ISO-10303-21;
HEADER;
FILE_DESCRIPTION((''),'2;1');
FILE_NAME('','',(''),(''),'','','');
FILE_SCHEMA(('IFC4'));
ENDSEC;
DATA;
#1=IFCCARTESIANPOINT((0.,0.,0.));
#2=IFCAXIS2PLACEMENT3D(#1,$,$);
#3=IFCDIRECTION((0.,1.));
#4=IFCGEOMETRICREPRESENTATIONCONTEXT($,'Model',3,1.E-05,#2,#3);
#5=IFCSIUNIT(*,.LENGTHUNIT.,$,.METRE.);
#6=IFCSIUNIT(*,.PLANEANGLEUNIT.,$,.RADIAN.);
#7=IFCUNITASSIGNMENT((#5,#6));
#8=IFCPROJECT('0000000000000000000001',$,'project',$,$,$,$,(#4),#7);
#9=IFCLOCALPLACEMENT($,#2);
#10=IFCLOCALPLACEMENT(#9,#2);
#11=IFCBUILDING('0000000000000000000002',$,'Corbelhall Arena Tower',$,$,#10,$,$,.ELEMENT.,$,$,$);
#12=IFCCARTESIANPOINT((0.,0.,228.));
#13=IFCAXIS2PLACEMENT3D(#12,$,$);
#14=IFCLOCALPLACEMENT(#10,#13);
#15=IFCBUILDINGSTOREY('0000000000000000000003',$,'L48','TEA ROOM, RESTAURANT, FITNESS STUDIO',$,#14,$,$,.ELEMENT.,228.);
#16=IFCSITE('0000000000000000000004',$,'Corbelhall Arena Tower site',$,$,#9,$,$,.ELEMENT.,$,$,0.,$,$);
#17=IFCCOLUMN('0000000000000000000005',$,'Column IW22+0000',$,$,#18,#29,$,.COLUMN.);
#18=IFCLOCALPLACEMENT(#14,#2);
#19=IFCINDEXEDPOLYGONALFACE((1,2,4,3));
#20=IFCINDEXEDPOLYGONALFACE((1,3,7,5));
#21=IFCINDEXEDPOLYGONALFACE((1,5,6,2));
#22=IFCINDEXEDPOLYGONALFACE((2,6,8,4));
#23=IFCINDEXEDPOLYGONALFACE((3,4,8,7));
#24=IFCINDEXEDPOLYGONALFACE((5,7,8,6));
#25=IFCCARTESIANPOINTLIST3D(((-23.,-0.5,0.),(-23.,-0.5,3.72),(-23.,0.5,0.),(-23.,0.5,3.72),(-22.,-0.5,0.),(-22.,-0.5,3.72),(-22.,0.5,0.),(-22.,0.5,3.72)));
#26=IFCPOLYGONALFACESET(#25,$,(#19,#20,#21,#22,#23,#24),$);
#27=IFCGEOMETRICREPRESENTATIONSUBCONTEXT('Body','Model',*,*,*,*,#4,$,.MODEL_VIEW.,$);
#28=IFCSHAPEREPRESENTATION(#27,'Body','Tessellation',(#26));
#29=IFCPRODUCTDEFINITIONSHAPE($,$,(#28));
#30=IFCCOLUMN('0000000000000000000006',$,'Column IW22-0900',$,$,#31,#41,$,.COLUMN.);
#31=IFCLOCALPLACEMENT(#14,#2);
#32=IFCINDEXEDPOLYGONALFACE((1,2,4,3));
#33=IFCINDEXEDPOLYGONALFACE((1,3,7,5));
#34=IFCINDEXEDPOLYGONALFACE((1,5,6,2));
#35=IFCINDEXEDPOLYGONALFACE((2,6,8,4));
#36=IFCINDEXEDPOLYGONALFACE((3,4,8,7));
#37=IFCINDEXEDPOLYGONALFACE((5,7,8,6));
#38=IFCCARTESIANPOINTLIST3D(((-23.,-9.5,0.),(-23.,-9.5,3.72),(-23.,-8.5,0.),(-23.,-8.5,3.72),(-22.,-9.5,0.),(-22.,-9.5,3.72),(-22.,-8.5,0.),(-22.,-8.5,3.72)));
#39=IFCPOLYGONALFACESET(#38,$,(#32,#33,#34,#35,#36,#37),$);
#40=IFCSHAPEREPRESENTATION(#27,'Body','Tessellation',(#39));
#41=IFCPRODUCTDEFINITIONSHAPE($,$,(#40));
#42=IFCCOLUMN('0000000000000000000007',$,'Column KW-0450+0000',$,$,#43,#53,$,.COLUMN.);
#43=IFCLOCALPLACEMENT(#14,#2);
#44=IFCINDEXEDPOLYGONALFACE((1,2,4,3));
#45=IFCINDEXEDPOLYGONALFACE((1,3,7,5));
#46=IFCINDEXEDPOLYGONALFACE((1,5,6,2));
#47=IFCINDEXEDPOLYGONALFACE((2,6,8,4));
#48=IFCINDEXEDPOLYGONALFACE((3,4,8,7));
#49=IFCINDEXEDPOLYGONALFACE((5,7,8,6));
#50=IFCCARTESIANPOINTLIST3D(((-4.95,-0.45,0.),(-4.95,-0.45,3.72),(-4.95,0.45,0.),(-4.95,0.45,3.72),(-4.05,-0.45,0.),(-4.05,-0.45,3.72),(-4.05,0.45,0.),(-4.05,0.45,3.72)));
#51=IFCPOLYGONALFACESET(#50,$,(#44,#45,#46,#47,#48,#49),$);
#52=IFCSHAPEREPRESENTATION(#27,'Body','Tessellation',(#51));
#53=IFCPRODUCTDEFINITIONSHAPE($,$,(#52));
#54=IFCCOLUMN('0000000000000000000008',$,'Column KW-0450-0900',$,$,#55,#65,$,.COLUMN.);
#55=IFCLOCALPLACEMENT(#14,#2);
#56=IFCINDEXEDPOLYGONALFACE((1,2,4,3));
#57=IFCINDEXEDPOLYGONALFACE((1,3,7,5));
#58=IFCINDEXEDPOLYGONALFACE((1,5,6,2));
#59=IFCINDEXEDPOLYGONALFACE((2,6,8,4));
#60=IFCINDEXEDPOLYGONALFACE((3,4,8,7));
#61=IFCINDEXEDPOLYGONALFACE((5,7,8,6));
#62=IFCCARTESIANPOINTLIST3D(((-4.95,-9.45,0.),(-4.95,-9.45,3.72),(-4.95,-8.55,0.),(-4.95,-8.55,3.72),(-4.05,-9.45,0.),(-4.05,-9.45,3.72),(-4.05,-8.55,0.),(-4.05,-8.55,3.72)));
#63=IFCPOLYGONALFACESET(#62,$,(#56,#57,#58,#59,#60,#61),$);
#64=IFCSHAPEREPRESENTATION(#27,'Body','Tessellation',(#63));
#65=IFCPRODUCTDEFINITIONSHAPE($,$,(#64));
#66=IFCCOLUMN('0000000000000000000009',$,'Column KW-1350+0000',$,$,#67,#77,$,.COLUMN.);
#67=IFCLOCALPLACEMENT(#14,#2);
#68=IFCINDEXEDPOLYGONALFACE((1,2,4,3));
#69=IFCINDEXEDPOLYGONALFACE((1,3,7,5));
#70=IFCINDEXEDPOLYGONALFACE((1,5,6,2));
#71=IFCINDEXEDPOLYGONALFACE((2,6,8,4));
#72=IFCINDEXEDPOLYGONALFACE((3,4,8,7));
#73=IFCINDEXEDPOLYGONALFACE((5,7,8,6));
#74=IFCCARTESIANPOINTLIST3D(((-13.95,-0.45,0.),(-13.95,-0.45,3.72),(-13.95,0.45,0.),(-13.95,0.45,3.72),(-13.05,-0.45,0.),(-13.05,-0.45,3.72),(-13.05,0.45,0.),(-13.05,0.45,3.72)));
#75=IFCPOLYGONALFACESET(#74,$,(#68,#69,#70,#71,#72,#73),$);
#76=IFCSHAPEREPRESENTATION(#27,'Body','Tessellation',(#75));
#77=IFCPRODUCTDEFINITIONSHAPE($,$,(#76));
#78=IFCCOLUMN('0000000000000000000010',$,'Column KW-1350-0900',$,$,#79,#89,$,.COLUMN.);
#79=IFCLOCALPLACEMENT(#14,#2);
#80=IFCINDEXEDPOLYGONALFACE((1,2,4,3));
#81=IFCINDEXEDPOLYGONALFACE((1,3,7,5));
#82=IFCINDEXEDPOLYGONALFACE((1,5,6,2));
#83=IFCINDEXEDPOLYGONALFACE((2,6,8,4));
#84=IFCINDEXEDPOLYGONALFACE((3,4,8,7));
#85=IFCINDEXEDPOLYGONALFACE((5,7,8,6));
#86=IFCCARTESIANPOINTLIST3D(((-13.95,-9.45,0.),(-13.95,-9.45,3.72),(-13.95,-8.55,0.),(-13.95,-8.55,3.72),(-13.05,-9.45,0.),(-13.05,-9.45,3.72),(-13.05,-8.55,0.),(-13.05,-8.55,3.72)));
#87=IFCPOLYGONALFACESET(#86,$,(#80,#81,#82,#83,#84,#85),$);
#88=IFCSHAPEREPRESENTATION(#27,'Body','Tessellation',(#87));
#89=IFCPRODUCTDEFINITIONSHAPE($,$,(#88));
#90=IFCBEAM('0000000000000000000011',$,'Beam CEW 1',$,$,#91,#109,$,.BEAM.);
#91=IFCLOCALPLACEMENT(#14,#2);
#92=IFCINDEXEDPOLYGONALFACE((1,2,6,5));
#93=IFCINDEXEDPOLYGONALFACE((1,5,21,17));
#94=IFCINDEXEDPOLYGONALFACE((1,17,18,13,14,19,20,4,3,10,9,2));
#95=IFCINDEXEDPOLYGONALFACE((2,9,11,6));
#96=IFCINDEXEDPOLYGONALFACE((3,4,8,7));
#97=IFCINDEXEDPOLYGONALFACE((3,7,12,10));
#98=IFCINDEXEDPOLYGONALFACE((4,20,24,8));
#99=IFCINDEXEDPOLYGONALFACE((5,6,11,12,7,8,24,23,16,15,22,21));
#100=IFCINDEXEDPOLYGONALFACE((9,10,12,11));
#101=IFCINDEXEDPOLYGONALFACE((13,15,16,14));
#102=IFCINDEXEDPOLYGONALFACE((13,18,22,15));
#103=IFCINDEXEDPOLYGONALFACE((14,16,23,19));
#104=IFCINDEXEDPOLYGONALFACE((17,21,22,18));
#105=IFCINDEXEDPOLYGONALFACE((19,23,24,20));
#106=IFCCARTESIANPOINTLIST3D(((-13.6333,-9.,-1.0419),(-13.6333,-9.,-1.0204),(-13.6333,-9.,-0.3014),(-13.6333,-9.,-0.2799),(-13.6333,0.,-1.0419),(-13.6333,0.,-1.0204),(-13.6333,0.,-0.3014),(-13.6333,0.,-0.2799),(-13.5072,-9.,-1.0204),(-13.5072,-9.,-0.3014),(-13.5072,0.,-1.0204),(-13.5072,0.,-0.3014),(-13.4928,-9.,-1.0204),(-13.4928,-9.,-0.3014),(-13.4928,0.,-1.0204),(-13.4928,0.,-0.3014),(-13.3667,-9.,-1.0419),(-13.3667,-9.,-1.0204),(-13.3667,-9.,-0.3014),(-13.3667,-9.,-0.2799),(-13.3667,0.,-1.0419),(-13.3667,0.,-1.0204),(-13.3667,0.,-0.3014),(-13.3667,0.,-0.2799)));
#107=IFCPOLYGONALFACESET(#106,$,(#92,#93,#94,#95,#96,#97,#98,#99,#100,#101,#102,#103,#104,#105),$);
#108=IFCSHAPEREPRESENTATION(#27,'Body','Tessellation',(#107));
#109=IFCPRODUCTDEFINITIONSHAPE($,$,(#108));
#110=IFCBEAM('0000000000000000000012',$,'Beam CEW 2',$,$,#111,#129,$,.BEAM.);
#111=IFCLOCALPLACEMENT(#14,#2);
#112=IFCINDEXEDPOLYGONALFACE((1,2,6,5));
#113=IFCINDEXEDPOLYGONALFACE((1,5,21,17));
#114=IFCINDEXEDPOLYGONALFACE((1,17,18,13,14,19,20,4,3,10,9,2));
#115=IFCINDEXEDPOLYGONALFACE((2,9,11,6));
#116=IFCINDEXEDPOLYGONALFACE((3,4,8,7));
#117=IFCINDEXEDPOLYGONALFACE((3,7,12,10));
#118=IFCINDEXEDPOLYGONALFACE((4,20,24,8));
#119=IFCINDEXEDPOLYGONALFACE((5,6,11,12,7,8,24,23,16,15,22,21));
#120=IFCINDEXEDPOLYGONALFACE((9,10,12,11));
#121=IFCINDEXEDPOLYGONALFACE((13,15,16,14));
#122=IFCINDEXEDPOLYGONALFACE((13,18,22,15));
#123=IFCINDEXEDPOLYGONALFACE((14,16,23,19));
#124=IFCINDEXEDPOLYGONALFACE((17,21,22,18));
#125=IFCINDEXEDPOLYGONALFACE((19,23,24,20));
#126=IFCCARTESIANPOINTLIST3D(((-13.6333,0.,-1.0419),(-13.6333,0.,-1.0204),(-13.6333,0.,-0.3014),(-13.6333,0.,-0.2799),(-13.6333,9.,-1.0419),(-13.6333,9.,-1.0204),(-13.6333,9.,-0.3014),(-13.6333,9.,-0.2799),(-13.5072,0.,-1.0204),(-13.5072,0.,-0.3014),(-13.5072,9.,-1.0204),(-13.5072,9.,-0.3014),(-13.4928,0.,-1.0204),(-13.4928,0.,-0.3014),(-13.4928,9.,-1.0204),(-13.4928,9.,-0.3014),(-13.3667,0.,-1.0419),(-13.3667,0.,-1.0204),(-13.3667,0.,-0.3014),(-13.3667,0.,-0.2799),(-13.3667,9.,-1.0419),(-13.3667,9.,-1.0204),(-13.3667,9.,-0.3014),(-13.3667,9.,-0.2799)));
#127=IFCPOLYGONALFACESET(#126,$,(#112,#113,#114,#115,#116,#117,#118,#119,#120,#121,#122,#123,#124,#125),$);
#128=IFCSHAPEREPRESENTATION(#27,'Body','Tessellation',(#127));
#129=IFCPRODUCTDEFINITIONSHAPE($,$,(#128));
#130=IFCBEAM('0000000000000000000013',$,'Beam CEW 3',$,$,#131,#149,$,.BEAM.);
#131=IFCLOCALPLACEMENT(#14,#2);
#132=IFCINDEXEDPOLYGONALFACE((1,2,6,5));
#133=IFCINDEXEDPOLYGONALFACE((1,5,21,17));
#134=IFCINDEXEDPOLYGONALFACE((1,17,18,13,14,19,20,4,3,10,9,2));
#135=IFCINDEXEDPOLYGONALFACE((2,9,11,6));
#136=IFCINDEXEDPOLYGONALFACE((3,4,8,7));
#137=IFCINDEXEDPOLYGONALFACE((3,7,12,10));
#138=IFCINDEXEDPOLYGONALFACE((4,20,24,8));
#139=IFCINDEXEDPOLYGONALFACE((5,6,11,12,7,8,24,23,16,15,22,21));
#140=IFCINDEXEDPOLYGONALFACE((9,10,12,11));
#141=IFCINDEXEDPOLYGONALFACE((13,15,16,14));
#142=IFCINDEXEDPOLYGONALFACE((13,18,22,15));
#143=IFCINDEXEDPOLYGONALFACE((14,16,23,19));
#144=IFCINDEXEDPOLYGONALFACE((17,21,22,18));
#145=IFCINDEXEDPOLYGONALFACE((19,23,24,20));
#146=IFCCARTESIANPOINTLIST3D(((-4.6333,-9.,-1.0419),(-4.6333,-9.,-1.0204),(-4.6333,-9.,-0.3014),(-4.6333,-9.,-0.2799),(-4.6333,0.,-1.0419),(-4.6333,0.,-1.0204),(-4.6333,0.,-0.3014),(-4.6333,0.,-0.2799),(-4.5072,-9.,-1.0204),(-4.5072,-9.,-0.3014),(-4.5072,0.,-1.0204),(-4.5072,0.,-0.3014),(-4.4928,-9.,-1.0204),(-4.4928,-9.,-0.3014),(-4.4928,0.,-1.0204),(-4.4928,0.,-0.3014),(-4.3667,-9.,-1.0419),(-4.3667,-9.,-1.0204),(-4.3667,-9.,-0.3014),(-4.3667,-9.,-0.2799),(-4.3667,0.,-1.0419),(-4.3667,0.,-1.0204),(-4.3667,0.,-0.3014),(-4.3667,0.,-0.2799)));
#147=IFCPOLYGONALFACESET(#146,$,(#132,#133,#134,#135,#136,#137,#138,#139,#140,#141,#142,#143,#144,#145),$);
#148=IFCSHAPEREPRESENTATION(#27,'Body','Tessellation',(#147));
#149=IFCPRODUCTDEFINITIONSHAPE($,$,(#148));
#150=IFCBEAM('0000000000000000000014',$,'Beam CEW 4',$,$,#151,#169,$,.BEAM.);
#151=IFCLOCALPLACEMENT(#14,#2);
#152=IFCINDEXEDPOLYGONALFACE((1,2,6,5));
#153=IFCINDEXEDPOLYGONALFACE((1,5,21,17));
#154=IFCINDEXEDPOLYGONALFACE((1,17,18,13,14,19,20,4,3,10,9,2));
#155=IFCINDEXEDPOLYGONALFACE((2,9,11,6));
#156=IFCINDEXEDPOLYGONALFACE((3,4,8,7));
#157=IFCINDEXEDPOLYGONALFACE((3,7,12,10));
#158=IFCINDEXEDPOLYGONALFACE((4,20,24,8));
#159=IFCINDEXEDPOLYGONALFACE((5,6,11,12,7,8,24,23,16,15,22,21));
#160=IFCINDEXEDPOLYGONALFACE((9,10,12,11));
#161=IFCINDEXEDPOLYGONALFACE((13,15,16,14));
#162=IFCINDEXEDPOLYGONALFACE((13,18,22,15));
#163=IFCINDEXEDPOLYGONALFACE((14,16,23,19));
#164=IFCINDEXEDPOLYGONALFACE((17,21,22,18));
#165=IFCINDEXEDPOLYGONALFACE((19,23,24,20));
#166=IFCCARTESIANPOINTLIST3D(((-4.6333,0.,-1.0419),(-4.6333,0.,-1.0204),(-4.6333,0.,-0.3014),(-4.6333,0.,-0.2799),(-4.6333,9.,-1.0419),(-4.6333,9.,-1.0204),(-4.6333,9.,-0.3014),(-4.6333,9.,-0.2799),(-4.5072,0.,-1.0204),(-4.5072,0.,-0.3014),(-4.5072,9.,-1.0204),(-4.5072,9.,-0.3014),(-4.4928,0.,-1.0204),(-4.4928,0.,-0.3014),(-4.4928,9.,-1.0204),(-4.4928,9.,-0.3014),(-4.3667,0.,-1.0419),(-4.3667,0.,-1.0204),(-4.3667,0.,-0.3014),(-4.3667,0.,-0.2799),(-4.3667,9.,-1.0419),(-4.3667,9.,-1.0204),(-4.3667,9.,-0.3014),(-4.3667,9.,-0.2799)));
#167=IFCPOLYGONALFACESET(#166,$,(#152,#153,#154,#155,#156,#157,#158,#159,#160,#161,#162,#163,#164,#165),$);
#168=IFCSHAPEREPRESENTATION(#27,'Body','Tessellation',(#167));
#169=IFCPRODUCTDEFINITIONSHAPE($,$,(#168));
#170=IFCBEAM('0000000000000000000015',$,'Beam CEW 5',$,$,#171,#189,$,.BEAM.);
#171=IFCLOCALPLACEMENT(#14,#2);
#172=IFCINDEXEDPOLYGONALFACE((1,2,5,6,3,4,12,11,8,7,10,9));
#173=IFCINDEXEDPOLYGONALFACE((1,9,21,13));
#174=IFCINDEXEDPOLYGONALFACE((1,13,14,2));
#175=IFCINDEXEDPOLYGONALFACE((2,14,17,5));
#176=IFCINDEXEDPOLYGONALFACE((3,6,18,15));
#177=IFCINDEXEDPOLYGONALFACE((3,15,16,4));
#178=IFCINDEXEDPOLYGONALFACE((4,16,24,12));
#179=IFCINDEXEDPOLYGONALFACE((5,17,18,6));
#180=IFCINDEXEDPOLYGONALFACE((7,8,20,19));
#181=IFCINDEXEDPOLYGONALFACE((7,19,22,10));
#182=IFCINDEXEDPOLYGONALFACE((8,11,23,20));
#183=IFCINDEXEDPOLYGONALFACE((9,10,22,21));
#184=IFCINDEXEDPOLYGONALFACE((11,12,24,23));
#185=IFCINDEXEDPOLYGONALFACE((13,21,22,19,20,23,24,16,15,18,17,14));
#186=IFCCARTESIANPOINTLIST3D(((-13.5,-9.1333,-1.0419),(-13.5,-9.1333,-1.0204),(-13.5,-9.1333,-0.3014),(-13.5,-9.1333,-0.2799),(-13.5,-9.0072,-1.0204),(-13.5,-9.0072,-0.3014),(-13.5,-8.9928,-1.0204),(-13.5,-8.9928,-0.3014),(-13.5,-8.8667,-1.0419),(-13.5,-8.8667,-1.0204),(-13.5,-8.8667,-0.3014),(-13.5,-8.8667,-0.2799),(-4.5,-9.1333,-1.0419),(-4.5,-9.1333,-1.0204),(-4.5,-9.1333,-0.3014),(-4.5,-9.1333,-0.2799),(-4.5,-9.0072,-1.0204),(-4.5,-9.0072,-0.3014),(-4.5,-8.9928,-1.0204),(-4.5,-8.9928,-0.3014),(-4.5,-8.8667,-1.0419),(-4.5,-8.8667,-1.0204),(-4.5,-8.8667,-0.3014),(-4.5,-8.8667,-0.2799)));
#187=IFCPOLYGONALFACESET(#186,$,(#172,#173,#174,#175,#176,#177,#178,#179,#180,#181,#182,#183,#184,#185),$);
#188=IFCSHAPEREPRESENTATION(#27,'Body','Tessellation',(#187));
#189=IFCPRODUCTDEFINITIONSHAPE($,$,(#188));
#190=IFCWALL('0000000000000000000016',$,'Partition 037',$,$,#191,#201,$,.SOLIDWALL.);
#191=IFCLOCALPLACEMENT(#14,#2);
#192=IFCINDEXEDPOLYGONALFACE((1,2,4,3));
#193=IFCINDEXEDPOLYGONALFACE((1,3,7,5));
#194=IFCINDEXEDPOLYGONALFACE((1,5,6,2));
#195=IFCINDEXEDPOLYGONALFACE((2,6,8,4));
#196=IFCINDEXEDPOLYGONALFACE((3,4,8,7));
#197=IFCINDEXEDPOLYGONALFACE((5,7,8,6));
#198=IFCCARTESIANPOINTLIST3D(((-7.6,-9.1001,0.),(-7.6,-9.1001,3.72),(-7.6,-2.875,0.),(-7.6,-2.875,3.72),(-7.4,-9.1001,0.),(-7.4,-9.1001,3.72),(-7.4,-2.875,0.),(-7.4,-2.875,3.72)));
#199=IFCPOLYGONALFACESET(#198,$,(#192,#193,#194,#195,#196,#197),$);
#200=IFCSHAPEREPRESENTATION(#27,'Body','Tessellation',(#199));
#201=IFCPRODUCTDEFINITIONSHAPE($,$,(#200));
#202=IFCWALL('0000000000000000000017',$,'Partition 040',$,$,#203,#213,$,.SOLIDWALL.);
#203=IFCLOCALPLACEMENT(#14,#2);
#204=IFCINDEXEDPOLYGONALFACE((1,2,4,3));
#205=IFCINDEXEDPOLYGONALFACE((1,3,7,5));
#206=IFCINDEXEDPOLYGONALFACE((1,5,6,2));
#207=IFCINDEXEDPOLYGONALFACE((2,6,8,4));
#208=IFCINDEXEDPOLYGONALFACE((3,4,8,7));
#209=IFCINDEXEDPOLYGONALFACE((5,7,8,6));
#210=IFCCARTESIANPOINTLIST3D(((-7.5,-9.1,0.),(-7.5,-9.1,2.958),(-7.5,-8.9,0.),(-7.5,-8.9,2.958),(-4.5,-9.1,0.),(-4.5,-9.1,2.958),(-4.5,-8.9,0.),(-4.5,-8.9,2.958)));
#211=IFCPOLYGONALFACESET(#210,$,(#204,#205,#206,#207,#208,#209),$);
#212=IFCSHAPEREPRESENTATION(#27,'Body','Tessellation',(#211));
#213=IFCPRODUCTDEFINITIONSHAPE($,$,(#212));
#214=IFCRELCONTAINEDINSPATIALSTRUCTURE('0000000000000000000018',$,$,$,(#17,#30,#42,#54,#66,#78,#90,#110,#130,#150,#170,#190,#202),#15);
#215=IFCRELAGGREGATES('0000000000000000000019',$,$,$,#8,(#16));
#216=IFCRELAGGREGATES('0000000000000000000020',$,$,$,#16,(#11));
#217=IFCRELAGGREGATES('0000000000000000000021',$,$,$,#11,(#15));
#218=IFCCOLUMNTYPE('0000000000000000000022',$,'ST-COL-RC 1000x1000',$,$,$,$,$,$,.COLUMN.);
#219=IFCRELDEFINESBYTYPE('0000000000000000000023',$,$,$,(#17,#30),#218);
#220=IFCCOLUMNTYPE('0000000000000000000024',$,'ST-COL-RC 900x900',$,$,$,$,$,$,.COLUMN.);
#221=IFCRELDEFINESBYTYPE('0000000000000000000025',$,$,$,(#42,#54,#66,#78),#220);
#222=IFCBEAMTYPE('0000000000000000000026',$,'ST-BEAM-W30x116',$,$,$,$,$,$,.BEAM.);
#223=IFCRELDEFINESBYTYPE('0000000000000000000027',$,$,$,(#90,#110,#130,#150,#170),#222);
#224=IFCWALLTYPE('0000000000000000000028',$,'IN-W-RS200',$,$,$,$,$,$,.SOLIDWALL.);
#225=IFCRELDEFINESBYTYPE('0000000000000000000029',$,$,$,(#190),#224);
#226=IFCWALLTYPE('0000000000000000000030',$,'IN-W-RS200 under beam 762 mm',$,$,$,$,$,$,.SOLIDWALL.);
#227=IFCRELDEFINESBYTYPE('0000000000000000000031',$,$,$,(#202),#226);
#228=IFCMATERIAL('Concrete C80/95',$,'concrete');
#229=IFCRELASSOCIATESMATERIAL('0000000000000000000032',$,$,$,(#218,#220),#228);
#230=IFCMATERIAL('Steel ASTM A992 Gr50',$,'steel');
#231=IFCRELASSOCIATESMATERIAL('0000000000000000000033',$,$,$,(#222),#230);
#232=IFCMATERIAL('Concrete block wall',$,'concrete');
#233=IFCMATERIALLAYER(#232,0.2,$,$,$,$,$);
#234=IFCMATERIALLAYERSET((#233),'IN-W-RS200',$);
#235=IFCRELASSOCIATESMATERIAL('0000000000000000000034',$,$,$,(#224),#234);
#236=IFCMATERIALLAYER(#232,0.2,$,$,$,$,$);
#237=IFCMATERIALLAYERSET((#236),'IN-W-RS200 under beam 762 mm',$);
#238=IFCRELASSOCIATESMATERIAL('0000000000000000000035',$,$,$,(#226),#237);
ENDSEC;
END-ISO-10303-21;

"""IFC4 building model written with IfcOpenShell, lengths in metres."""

from ifc_helpers import new_model, si_unit, direction, frame, frame_2d, origin, origin_2d, place, context, subcontext, project, spatial, rectangle, i_section, extrude, material, layer, layer_set, material_profile, profile_set, type_object, element, save


model = new_model("IFC4")

# Units and contexts
model_context = context("Model", 3, precision=1e-05, world=origin(), true_north=direction((0.0, 1.0)))
body_context = subcontext(model_context, "Body", "Model", "MODEL_VIEW")
ifc_project = project(units=[si_unit("LENGTHUNIT", "METRE"), si_unit("PLANEANGLEUNIT", "RADIAN")], contexts=[model_context])

# Site, building, storey
site_placement = place(None, origin())
site = spatial("IfcSite", under=ifc_project, at=site_placement, Name="Corbelhall Arena Tower site", CompositionType="ELEMENT", RefElevation=0.0)
building_placement = place(site_placement, origin())
building = spatial("IfcBuilding", under=site, at=building_placement, Name="Corbelhall Arena Tower", CompositionType="ELEMENT")
storey_placement = place(building_placement, frame((0.0, 0.0, 228.0)))
storey = spatial("IfcBuildingStorey", under=building, at=storey_placement, Name="L48", Description="TEA ROOM, RESTAURANT, FITNESS STUDIO", CompositionType="ELEMENT", Elevation=228.0)

# Columns
ifc_material_1 = material(Name="Concrete C80/95", Category="concrete")
ifc_material_profile_1 = material_profile(ifc_material_1, rectangle(XDim=1.0, YDim=1.0, at=origin_2d()))
ifc_profile_set_1 = profile_set([ifc_material_profile_1], Name="Concrete C80/95")
column_type_1 = type_object("IfcColumnType", Name="ST-COL-RC 1000x1000", PredefinedType="COLUMN", material=ifc_profile_set_1)
for number, where, z_axis, x_axis, name in (
    (1, (-22.5, 0.0, 0.0), (0.0, 0.0, 1.0), (1.0, 0.0, 0.0), "Column IW22+0000"),
    (2, (-22.5, -9.0, 0.0), (0.0, 0.0, 1.0), (1.0, 0.0, 0.0), "Column IW22-0900"),
):
    element("IfcColumn", number, at=place(storey_placement, frame(where, z_axis=z_axis, x_axis=x_axis)), inside=storey, type_object=column_type_1, Name=name, PredefinedType="COLUMN", context=body_context, shape_type="SweptSolid", body=[
        extrude(rectangle(XDim=1.0, YDim=1.0, at=origin_2d()), origin(), (0.0, 0.0, 1.0), 3.72),
    ])
ifc_material_profile_2 = material_profile(ifc_material_1, rectangle(XDim=0.8999, YDim=0.8999, at=origin_2d()))
ifc_profile_set_2 = profile_set([ifc_material_profile_2], Name="Concrete C80/95")
column_type_2 = type_object("IfcColumnType", Name="ST-COL-RC 900x900", PredefinedType="COLUMN", material=ifc_profile_set_2)
for number, where, z_axis, x_axis, name in (
    (3, (-4.5, 0.0, 0.0), (0.0, 0.0, 1.0), (1.0, 0.0, 0.0), "Column KW-0450+0000"),
    (4, (-4.5, -9.0, 0.0), (0.0, 0.0, 1.0), (1.0, 0.0, 0.0), "Column KW-0450-0900"),
    (5, (-13.5, 0.0, 0.0), (0.0, 0.0, 1.0), (1.0, 0.0, 0.0), "Column KW-1350+0000"),
    (6, (-13.5, -9.0, 0.0), (0.0, 0.0, 1.0), (1.0, 0.0, 0.0), "Column KW-1350-0900"),
):
    element("IfcColumn", number, at=place(storey_placement, frame(where, z_axis=z_axis, x_axis=x_axis)), inside=storey, type_object=column_type_2, Name=name, PredefinedType="COLUMN", context=body_context, shape_type="SweptSolid", body=[
        extrude(rectangle(XDim=0.8999, YDim=0.8999, at=origin_2d()), origin(), (0.0, 0.0, 1.0), 3.72),
    ])

# Beams
ifc_material_2 = material(Name="Steel ASTM A992 Gr50", Category="steel")
ifc_material_profile_3 = material_profile(ifc_material_2, i_section(OverallWidth=0.2666, OverallDepth=0.762, WebThickness=0.0144, FlangeThickness=0.0215, at=origin_2d()))
ifc_profile_set_3 = profile_set([ifc_material_profile_3], Name="Steel ASTM A992 Gr50")
beam_type = type_object("IfcBeamType", Name="ST-BEAM-W30x116", PredefinedType="BEAM", material=ifc_profile_set_3)
for number, where, z_axis, x_axis, name in (
    (7, (-13.5, -9.0, -0.6609), (0.0, 1.0, 0.0), (-1.0, 0.0, 0.0), "Beam CEW 1"),
    (8, (-13.5, 0.0, -0.6609), (0.0, 1.0, 0.0), (-1.0, 0.0, 0.0), "Beam CEW 2"),
    (9, (-4.5, -9.0, -0.6609), (0.0, 1.0, 0.0), (-1.0, 0.0, 0.0), "Beam CEW 3"),
    (10, (-4.5, 0.0, -0.6609), (0.0, 1.0, 0.0), (-1.0, 0.0, 0.0), "Beam CEW 4"),
    (11, (-13.5, -9.0, -0.6609), (1.0, 0.0, 0.0), (0.0, 1.0, 0.0), "Beam CEW 5"),
):
    element("IfcBeam", number, at=place(storey_placement, frame(where, z_axis=z_axis, x_axis=x_axis)), inside=storey, type_object=beam_type, Name=name, PredefinedType="BEAM", context=body_context, shape_type="SweptSolid", body=[
        extrude(i_section(OverallWidth=0.2666, OverallDepth=0.762, WebThickness=0.0144, FlangeThickness=0.0215, at=origin_2d()), origin(), (0.0, 0.0, 1.0), 9.0),
    ])

# Walls
ifc_material_3 = material(Name="Concrete block wall", Category="concrete")
ifc_layer_1 = layer(ifc_material_3, 0.2)
ifc_layer_set_1 = layer_set([ifc_layer_1], Name="IN-W-RS200")
wall_type_1 = type_object("IfcWallType", Name="IN-W-RS200", PredefinedType="SOLIDWALL", material=ifc_layer_set_1)
wall_1_placement = place(storey_placement, frame((-7.5, -9.1001, 0.0), z_axis=(0.0, 0.0, 1.0), x_axis=(0.0, 1.0, 0.0)))
element("IfcWall", 12, at=wall_1_placement, inside=storey, type_object=wall_type_1, Name="Partition 037", PredefinedType="SOLIDWALL", context=body_context, shape_type="SweptSolid", body=[
    extrude(rectangle(XDim=6.2251, YDim=0.2, at=frame_2d((3.1125, 0.0))), origin(), (0.0, 0.0, 1.0), 3.72),
])
ifc_layer_2 = layer(ifc_material_3, 0.2)
ifc_layer_set_2 = layer_set([ifc_layer_2], Name="IN-W-RS200 under beam 762 mm")
wall_type_2 = type_object("IfcWallType", Name="IN-W-RS200 under beam 762 mm", PredefinedType="SOLIDWALL", material=ifc_layer_set_2)
wall_2_placement = place(storey_placement, frame((-4.5, -9.0, 0.0), z_axis=(0.0, 0.0, 1.0), x_axis=(-1.0, 0.0, 0.0)))
element("IfcWall", 13, at=wall_2_placement, inside=storey, type_object=wall_type_2, Name="Partition 040", PredefinedType="SOLIDWALL", context=body_context, shape_type="SweptSolid", body=[
    extrude(rectangle(XDim=3.0, YDim=0.2, at=frame_2d((1.5, 0.0))), origin(), (0.0, 0.0, 1.0), 2.958),
])

save(model, "model.ifc")
